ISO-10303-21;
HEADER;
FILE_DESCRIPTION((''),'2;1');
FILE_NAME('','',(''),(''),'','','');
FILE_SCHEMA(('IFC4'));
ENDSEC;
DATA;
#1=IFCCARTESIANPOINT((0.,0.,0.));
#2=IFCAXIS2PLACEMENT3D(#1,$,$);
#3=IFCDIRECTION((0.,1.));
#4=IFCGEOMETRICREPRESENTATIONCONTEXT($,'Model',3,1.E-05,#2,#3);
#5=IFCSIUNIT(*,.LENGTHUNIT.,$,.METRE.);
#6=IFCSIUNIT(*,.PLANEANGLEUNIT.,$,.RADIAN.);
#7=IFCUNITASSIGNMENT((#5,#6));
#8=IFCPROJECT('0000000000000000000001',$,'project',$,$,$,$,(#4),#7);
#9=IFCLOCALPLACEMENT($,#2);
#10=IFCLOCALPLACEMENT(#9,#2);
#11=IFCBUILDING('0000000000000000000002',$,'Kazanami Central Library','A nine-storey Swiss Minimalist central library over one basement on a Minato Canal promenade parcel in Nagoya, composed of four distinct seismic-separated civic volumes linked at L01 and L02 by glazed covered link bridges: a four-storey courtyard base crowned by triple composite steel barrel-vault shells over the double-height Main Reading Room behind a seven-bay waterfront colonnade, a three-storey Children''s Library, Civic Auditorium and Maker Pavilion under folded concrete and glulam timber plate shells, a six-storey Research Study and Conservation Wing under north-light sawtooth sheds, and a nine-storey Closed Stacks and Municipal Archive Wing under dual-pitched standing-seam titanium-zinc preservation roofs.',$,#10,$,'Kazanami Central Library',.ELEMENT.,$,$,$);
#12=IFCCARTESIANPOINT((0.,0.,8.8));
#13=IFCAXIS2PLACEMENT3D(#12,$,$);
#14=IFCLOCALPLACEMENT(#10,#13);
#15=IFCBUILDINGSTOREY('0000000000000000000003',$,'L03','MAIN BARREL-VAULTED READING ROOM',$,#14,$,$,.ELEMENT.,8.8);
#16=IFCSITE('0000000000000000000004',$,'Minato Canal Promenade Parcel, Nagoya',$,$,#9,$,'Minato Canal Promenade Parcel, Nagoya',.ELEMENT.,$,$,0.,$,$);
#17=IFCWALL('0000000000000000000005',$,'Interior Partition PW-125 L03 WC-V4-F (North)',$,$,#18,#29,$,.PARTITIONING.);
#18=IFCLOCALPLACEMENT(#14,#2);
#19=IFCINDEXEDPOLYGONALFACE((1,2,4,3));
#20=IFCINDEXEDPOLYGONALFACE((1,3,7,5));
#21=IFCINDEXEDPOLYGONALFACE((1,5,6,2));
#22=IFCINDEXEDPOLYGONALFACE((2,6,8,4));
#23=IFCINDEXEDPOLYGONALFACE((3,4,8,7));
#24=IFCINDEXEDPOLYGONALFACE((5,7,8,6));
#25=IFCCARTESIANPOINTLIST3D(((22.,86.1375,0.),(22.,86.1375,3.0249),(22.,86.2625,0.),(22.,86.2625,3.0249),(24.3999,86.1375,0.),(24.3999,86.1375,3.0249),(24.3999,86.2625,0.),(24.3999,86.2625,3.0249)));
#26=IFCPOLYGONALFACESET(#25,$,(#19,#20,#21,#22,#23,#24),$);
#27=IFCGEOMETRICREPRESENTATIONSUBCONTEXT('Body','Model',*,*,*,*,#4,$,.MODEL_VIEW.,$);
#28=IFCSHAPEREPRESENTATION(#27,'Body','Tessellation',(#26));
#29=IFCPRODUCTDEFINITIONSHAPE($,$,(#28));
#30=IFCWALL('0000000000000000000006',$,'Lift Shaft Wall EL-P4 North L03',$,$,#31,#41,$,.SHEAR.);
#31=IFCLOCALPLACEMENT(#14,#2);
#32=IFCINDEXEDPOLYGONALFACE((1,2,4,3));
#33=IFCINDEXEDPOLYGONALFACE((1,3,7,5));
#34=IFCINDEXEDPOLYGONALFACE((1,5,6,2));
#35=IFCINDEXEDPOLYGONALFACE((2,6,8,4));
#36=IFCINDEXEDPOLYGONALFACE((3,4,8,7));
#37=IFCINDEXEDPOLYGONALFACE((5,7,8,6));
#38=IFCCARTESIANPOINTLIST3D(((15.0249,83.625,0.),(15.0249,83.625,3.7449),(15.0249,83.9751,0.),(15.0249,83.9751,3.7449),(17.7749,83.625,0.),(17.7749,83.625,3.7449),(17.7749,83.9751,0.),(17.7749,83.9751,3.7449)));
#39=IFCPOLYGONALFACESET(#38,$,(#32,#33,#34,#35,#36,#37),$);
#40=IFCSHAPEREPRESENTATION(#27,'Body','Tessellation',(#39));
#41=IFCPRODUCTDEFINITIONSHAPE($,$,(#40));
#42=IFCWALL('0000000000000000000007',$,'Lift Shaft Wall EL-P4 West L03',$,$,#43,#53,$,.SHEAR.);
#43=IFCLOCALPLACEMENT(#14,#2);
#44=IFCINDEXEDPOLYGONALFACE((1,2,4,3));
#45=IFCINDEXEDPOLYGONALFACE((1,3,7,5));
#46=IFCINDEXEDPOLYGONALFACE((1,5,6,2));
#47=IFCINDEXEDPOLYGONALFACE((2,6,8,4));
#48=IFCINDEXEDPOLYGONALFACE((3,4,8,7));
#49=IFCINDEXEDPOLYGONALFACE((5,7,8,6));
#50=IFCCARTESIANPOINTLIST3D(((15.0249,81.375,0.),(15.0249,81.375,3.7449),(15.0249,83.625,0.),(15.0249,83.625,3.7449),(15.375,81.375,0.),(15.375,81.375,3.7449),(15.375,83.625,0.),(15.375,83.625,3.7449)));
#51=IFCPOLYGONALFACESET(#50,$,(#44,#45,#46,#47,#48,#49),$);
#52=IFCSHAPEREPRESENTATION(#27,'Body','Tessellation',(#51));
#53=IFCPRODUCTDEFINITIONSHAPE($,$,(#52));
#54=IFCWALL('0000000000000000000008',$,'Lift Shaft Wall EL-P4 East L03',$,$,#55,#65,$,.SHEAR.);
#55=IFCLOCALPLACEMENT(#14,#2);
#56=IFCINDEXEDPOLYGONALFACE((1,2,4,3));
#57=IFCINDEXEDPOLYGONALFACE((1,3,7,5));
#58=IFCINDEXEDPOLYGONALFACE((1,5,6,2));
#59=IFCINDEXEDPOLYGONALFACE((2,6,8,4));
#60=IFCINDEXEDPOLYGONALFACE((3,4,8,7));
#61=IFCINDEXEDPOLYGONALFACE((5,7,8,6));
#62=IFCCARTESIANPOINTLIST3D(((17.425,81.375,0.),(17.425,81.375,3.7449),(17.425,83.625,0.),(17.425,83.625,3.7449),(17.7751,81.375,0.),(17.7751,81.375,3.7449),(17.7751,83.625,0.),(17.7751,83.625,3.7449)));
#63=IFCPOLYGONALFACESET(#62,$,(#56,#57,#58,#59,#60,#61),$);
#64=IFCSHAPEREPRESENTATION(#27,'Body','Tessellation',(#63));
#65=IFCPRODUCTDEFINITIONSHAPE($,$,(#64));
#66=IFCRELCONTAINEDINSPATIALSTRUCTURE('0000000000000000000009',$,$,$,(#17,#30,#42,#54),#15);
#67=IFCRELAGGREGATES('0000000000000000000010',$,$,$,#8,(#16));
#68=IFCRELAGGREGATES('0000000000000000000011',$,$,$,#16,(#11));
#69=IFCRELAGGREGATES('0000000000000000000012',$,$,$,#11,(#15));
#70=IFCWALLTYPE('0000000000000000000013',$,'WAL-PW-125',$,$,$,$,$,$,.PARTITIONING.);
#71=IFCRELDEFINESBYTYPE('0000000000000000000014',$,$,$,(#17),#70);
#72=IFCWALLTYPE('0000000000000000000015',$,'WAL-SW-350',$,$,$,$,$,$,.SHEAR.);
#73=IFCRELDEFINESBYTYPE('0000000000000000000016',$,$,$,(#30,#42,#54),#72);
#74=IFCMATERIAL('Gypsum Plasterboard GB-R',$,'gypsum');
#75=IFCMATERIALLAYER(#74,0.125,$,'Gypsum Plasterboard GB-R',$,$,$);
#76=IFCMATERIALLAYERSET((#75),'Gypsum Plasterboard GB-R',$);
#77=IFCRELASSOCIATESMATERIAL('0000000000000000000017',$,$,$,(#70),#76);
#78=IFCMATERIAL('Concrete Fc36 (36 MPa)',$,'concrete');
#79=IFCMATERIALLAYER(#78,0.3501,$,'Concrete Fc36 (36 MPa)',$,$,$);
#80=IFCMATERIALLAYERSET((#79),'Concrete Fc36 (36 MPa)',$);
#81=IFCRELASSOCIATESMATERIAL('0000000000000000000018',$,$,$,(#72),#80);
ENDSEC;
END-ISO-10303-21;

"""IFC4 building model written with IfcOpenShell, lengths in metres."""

from ifc_helpers import new_model, si_unit, direction, frame, frame_2d, origin, place, context, subcontext, project, spatial, rectangle, extrude, material, layer, layer_set, type_object, element, save


model = new_model("IFC4")

# Units and contexts
model_context = context("Model", 3, precision=1e-05, world=origin(), true_north=direction((0.0, 1.0)))
body_context = subcontext(model_context, "Body", "Model", "MODEL_VIEW")
ifc_project = project(units=[si_unit("LENGTHUNIT", "METRE"), si_unit("PLANEANGLEUNIT", "RADIAN")], contexts=[model_context])

# Site, building, storey
site_placement = place(None, origin())
site = spatial("IfcSite", under=ifc_project, at=site_placement, Name="Minato Canal Promenade Parcel, Nagoya", LongName="Minato Canal Promenade Parcel, Nagoya", CompositionType="ELEMENT", RefElevation=0.0)
building_placement = place(site_placement, origin())
building = spatial("IfcBuilding", under=site, at=building_placement, Name="Kazanami Central Library", Description="A nine-storey Swiss Minimalist central library over one basement on a Minato Canal promenade parcel in Nagoya, composed of four distinct seismic-separated civic volumes linked at L01 and L02 by glazed covered link bridges: a four-storey courtyard base crowned by triple composite steel barrel-vault shells over the double-height Main Reading Room behind a seven-bay waterfront colonnade, a three-storey Children's Library, Civic Auditorium and Maker Pavilion under folded concrete and glulam timber plate shells, a six-storey Research Study and Conservation Wing under north-light sawtooth sheds, and a nine-storey Closed Stacks and Municipal Archive Wing under dual-pitched standing-seam titanium-zinc preservation roofs.", LongName="Kazanami Central Library", CompositionType="ELEMENT")
storey_placement = place(building_placement, frame((0.0, 0.0, 8.8)))
storey = spatial("IfcBuildingStorey", under=building, at=storey_placement, Name="L03", Description="MAIN BARREL-VAULTED READING ROOM", CompositionType="ELEMENT", Elevation=8.8)

# Shared definitions
ifc_material_1 = material(Name="Concrete Fc36 (36 MPa)", Category="concrete")

# Walls
ifc_material_2 = material(Name="Gypsum Plasterboard GB-R", Category="gypsum")
ifc_layer_1 = layer(ifc_material_2, 0.125, Name="Gypsum Plasterboard GB-R")
ifc_layer_set_1 = layer_set([ifc_layer_1], Name="Gypsum Plasterboard GB-R")
wall_type_1 = type_object("IfcWallType", Name="WAL-PW-125", PredefinedType="PARTITIONING", material=ifc_layer_set_1)
wall_1_placement = place(storey_placement, frame((22.0, 86.2, 0.0), z_axis=(0.0, 0.0, 1.0), x_axis=(1.0, 0.0, 0.0)))
element("IfcWall", 1, at=wall_1_placement, inside=storey, type_object=wall_type_1, Name="Interior Partition PW-125 L03 WC-V4-F (North)", PredefinedType="PARTITIONING", context=body_context, shape_type="SweptSolid", body=[
    extrude(rectangle(XDim=2.3999, YDim=0.125, at=frame_2d((1.2, 0.0))), origin(), (0.0, 0.0, 1.0), 3.0249),
])
ifc_layer_2 = layer(ifc_material_1, 0.3501, Name="Concrete Fc36 (36 MPa)")
ifc_layer_set_2 = layer_set([ifc_layer_2], Name="Concrete Fc36 (36 MPa)")
wall_type_2 = type_object("IfcWallType", Name="WAL-SW-350", PredefinedType="SHEAR", material=ifc_layer_set_2)
wall_2_placement = place(storey_placement, frame((15.0249, 83.8, 0.0), z_axis=(0.0, 0.0, 1.0), x_axis=(1.0, 0.0, 0.0)))
element("IfcWall", 2, at=wall_2_placement, inside=storey, type_object=wall_type_2, Name="Lift Shaft Wall EL-P4 North L03", PredefinedType="SHEAR", context=body_context, shape_type="SweptSolid", body=[
    extrude(rectangle(XDim=2.75, YDim=0.3501, at=frame_2d((1.375, 0.0))), origin(), (0.0, 0.0, 1.0), 3.7449),
])
for number, where, z_axis, x_axis, name in (
    (3, (15.2, 81.375, 0.0), (0.0, 0.0, 1.0), (0.0, 1.0, 0.0), "Lift Shaft Wall EL-P4 West L03"),
    (4, (17.6001, 81.375, 0.0), (0.0, 0.0, 1.0), (0.0, 1.0, 0.0), "Lift Shaft Wall EL-P4 East L03"),
):
    element("IfcWall", number, at=place(storey_placement, frame(where, z_axis=z_axis, x_axis=x_axis)), inside=storey, type_object=wall_type_2, Name=name, PredefinedType="SHEAR", context=body_context, shape_type="SweptSolid", body=[
        extrude(rectangle(XDim=2.25, YDim=0.3501, at=frame_2d((1.125, 0.0))), origin(), (0.0, 0.0, 1.0), 3.7449),
    ])

save(model, "model.ifc")
